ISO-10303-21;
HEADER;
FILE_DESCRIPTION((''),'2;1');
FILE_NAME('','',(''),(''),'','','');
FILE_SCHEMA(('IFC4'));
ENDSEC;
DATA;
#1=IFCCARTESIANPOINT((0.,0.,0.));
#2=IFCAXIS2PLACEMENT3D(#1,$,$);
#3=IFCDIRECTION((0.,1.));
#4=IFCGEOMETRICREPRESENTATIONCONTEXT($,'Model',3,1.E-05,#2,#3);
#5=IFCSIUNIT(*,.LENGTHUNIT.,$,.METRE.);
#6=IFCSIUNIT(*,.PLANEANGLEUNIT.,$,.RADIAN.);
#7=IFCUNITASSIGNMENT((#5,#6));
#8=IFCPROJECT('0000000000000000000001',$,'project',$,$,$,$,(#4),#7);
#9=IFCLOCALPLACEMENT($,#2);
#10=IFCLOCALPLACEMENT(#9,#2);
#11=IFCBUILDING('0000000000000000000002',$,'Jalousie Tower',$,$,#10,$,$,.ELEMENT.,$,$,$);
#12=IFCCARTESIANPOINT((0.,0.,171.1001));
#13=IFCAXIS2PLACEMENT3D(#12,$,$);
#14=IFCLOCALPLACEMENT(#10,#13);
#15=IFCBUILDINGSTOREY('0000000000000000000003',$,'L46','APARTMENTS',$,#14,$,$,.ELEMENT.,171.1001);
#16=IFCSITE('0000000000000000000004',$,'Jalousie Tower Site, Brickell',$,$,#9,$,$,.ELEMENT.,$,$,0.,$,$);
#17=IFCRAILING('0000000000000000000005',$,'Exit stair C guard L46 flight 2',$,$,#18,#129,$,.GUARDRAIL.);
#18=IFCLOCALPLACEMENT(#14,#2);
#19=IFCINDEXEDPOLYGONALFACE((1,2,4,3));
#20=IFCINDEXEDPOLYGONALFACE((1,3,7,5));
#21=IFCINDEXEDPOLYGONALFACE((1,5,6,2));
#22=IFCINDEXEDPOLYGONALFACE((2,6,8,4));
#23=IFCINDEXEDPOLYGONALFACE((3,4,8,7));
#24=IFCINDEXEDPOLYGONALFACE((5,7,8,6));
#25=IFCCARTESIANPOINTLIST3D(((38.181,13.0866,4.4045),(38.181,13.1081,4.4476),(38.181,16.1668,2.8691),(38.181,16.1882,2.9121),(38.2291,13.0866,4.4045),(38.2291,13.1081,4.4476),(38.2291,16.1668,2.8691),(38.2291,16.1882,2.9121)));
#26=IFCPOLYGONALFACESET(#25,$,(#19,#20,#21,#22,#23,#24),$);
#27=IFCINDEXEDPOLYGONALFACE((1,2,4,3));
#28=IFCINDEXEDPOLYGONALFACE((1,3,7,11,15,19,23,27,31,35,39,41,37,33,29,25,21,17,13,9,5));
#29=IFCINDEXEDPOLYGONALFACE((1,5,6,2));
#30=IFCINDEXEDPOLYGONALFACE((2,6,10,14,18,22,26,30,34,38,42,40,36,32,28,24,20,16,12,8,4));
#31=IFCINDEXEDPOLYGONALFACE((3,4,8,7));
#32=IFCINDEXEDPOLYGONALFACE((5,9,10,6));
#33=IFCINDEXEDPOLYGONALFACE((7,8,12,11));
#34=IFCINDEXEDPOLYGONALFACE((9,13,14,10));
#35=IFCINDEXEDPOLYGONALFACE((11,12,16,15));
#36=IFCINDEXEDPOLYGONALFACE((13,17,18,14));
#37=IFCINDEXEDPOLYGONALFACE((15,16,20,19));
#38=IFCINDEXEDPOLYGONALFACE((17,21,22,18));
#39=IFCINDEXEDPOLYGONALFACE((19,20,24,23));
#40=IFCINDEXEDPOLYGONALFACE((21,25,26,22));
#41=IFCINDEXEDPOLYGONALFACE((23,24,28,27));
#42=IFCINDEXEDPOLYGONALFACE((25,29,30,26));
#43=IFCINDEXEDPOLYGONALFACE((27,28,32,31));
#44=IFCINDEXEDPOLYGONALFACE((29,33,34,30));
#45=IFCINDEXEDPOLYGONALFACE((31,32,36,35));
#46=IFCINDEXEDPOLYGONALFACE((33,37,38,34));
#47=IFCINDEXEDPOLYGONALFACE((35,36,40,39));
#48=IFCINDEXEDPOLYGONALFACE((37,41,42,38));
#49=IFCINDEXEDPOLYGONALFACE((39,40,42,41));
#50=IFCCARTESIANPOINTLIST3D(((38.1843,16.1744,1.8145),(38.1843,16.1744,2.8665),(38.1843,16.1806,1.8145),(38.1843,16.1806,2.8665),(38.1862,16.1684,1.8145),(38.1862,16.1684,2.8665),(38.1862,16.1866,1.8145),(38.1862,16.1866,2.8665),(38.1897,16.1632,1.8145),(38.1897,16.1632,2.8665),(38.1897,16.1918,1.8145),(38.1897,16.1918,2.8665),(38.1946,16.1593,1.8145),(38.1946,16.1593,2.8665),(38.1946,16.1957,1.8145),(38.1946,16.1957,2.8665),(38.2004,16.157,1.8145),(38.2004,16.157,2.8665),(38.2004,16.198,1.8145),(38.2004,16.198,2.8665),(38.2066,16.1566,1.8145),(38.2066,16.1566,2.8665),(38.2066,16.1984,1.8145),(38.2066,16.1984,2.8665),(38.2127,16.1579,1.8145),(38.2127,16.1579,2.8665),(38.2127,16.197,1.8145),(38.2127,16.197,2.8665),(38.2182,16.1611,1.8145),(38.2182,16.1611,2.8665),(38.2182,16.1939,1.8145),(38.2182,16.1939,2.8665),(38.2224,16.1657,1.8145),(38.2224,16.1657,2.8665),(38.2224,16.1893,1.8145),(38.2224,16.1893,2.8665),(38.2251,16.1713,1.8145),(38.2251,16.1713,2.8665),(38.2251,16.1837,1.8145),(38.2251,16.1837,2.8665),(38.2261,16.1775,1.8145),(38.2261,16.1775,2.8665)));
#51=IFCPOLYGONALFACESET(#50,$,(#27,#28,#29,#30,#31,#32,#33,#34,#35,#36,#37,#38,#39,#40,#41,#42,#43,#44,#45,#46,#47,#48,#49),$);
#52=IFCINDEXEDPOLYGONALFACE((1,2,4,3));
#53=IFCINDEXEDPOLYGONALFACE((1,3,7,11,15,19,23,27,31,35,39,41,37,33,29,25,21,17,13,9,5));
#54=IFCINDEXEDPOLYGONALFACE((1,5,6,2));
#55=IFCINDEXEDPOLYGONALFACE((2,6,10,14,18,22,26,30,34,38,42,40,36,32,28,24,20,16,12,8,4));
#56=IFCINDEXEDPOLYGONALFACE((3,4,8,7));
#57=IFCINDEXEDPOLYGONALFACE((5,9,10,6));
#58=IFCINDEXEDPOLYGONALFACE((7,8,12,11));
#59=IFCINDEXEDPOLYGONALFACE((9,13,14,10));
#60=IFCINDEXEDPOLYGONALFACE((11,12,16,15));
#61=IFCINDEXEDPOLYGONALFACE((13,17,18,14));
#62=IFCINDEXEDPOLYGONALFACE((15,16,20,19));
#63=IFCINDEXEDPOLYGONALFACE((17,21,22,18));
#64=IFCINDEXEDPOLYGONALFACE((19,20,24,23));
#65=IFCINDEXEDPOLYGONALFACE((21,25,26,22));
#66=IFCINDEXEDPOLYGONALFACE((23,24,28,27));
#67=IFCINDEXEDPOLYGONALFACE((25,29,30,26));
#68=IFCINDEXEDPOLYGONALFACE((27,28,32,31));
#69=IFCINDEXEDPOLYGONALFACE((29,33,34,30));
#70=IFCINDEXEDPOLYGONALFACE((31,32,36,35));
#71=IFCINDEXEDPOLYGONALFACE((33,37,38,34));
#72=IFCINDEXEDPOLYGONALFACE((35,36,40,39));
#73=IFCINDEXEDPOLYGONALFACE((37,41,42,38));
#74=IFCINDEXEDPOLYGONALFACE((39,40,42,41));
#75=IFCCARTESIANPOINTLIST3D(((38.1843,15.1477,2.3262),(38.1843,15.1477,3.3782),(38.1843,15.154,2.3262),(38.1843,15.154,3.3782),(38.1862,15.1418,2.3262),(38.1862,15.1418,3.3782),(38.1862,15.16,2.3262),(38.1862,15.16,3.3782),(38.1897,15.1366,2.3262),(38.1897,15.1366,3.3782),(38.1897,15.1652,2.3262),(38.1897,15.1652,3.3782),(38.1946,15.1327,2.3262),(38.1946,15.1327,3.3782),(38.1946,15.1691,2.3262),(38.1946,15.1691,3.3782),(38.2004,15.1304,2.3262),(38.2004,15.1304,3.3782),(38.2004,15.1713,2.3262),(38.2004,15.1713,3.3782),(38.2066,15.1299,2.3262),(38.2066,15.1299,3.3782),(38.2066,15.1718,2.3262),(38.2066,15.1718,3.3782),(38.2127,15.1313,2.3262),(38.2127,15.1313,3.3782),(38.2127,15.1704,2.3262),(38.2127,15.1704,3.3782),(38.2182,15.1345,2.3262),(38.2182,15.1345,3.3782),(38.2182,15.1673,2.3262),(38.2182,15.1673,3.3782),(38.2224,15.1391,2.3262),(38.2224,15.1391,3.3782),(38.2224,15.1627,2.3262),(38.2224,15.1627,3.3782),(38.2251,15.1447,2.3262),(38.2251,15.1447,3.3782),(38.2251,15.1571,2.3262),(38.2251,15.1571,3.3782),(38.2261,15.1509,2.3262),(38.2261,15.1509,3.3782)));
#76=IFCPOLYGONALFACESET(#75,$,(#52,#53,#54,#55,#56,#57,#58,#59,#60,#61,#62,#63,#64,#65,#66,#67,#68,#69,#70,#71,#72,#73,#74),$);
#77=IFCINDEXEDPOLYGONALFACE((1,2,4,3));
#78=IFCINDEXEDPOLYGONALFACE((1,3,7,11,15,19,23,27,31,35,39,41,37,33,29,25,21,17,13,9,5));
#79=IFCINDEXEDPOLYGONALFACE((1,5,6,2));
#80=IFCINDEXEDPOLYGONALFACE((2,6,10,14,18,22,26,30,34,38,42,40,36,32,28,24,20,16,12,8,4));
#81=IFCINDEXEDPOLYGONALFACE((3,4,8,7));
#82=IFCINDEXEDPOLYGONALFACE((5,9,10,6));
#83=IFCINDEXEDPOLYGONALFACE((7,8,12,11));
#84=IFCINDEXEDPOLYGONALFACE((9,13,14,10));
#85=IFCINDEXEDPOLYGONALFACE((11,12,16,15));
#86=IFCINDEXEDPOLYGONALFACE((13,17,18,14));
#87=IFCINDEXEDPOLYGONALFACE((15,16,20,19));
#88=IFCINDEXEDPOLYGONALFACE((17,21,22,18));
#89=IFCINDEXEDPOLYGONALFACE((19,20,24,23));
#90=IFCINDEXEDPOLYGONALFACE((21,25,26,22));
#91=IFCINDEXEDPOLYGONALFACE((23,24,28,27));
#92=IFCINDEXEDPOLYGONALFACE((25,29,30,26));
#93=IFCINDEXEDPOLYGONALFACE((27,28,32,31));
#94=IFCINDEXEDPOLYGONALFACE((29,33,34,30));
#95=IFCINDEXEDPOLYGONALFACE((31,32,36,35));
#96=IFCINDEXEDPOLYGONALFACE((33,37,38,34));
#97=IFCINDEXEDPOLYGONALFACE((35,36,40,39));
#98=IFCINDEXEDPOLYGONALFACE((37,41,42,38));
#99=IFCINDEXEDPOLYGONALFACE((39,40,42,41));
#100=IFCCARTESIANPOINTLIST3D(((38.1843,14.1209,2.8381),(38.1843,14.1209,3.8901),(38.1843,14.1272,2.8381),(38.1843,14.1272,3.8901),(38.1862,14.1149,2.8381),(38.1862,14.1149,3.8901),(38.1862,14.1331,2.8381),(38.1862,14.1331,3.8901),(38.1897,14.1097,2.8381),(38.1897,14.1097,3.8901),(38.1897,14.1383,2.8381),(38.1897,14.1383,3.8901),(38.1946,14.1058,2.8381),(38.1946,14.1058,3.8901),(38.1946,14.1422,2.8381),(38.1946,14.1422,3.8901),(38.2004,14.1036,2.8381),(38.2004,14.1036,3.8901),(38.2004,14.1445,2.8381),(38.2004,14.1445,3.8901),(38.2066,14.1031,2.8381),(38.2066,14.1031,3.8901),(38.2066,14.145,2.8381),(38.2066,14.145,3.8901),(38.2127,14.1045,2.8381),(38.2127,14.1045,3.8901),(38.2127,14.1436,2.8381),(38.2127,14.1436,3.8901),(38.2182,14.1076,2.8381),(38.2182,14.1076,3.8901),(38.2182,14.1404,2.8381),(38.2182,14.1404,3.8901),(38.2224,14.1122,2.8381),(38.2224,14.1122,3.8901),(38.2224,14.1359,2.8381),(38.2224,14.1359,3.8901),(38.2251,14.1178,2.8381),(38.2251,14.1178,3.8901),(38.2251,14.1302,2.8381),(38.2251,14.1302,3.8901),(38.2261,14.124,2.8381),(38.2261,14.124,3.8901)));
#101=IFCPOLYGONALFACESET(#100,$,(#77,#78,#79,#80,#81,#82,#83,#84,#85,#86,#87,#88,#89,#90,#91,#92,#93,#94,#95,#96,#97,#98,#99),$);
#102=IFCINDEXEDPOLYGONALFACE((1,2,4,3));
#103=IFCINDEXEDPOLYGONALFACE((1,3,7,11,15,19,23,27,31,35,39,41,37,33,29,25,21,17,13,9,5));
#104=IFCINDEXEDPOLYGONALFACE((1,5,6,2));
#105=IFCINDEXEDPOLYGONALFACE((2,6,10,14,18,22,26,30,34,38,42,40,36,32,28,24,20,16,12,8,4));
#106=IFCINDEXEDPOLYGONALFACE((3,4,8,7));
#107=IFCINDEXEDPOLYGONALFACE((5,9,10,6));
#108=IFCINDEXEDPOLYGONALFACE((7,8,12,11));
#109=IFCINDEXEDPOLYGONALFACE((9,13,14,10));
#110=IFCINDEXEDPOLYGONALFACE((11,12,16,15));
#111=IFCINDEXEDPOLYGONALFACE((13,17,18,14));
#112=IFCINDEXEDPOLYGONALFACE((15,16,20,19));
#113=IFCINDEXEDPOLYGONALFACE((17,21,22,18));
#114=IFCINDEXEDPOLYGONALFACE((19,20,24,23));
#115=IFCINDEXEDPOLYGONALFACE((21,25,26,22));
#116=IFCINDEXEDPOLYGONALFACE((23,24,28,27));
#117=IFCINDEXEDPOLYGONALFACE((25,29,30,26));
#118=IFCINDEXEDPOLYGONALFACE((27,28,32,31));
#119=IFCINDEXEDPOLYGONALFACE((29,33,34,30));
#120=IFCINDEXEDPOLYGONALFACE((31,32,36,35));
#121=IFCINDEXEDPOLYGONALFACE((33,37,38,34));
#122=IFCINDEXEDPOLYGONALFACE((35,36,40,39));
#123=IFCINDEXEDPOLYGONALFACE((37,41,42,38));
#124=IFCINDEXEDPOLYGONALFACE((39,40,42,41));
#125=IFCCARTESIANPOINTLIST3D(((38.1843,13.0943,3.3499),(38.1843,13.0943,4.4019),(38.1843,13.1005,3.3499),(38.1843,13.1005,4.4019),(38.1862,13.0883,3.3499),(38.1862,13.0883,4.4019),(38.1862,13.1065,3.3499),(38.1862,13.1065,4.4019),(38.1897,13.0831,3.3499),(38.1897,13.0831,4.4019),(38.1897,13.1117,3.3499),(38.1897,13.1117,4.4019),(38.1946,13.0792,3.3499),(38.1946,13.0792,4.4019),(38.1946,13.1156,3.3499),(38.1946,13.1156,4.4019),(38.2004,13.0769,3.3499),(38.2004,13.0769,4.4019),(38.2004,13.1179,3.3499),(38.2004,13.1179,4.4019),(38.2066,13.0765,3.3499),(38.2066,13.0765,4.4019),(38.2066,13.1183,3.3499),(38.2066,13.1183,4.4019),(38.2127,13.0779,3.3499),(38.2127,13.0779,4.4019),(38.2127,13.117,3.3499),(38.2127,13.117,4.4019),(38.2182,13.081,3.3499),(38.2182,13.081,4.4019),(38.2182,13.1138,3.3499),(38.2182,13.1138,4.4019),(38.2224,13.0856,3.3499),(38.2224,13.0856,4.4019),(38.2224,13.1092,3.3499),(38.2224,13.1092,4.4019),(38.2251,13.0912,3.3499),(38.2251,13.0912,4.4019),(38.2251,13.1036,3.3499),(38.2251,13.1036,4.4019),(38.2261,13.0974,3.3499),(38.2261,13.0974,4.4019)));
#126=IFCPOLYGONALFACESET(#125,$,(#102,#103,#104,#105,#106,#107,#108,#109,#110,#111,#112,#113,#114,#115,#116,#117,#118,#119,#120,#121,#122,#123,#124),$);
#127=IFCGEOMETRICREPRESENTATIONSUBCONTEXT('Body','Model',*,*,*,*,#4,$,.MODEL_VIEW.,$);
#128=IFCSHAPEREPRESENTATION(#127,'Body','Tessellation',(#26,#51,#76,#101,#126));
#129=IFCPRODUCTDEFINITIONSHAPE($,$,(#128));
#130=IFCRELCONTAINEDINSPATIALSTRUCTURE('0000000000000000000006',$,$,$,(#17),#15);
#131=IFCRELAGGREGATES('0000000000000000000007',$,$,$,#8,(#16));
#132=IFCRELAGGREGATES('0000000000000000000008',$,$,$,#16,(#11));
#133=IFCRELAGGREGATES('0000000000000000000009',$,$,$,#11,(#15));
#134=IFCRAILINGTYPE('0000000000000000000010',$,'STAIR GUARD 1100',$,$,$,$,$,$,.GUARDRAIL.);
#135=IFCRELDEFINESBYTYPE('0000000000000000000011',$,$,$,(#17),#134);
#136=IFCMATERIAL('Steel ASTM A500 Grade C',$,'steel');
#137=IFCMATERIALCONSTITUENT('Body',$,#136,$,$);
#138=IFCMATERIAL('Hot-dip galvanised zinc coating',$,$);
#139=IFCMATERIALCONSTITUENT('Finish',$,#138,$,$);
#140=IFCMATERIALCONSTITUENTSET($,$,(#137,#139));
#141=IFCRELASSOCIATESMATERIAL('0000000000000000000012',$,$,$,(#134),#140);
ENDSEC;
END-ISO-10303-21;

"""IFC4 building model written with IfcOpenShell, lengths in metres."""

from ifc_helpers import new_model, si_unit, direction, frame, origin, origin_2d, place, context, subcontext, project, spatial, rectangle, circle, extrude, material, constituent, constituent_set, type_object, element, save


model = new_model("IFC4")

# Units and contexts
model_context = context("Model", 3, precision=1e-05, world=origin(), true_north=direction((0.0, 1.0)))
body_context = subcontext(model_context, "Body", "Model", "MODEL_VIEW")
ifc_project = project(units=[si_unit("LENGTHUNIT", "METRE"), si_unit("PLANEANGLEUNIT", "RADIAN")], contexts=[model_context])

# Site, building, storey
site_placement = place(None, origin())
site = spatial("IfcSite", under=ifc_project, at=site_placement, Name="Jalousie Tower Site, Brickell", CompositionType="ELEMENT", RefElevation=0.0)
building_placement = place(site_placement, origin())
building = spatial("IfcBuilding", under=site, at=building_placement, Name="Jalousie Tower", CompositionType="ELEMENT")
storey_placement = place(building_placement, frame((0.0, 0.0, 171.1001)))
storey = spatial("IfcBuildingStorey", under=building, at=storey_placement, Name="L46", Description="APARTMENTS", CompositionType="ELEMENT", Elevation=171.1001)

# Railing
ifc_material_1 = material(Name="Steel ASTM A500 Grade C", Category="steel")
ifc_constituent_1 = constituent(ifc_material_1, Name="Body")
ifc_material_2 = material(Name="Hot-dip galvanised zinc coating")
ifc_constituent_2 = constituent(ifc_material_2, Name="Finish")
ifc_constituent_set_1 = constituent_set(constituents=[ifc_constituent_1, ifc_constituent_2])
railing_type_1 = type_object("IfcRailingType", Name="STAIR GUARD 1100", PredefinedType="GUARDRAIL", material=ifc_constituent_set_1)
railing_1_placement = place(storey_placement, frame((38.2051, 16.1775, 1.8145)))
element("IfcRailing", 1, at=railing_1_placement, inside=storey, type_object=railing_type_1, Name="Exit stair C guard L46 flight 2", PredefinedType="GUARDRAIL", context=body_context, shape_type="SweptSolid", body=[
    extrude(rectangle(XDim=0.0481, YDim=0.0481, at=origin_2d()), frame((0.0, 0.0, 1.0762), z_axis=(0.0, -0.894966, 0.446135), x_axis=(1.0, 0.0, 0.0)), (0.0, 0.0, 1.0), 3.4417),
    extrude(circle(Radius=0.021, at=origin_2d()), origin(), (0.0, 0.0, 1.0), 1.052),
    extrude(circle(Radius=0.021, at=origin_2d()), frame((0.0, -1.0266, 0.5117)), (0.0, 0.0, 1.0), 1.052),
    extrude(circle(Radius=0.021, at=origin_2d()), frame((0.0, -2.0535, 1.0237)), (0.0, 0.0, 1.0), 1.052),
    extrude(circle(Radius=0.021, at=origin_2d()), frame((0.0, -3.0801, 1.5354)), (0.0, 0.0, 1.0), 1.052),
])

save(model, "model.ifc")
